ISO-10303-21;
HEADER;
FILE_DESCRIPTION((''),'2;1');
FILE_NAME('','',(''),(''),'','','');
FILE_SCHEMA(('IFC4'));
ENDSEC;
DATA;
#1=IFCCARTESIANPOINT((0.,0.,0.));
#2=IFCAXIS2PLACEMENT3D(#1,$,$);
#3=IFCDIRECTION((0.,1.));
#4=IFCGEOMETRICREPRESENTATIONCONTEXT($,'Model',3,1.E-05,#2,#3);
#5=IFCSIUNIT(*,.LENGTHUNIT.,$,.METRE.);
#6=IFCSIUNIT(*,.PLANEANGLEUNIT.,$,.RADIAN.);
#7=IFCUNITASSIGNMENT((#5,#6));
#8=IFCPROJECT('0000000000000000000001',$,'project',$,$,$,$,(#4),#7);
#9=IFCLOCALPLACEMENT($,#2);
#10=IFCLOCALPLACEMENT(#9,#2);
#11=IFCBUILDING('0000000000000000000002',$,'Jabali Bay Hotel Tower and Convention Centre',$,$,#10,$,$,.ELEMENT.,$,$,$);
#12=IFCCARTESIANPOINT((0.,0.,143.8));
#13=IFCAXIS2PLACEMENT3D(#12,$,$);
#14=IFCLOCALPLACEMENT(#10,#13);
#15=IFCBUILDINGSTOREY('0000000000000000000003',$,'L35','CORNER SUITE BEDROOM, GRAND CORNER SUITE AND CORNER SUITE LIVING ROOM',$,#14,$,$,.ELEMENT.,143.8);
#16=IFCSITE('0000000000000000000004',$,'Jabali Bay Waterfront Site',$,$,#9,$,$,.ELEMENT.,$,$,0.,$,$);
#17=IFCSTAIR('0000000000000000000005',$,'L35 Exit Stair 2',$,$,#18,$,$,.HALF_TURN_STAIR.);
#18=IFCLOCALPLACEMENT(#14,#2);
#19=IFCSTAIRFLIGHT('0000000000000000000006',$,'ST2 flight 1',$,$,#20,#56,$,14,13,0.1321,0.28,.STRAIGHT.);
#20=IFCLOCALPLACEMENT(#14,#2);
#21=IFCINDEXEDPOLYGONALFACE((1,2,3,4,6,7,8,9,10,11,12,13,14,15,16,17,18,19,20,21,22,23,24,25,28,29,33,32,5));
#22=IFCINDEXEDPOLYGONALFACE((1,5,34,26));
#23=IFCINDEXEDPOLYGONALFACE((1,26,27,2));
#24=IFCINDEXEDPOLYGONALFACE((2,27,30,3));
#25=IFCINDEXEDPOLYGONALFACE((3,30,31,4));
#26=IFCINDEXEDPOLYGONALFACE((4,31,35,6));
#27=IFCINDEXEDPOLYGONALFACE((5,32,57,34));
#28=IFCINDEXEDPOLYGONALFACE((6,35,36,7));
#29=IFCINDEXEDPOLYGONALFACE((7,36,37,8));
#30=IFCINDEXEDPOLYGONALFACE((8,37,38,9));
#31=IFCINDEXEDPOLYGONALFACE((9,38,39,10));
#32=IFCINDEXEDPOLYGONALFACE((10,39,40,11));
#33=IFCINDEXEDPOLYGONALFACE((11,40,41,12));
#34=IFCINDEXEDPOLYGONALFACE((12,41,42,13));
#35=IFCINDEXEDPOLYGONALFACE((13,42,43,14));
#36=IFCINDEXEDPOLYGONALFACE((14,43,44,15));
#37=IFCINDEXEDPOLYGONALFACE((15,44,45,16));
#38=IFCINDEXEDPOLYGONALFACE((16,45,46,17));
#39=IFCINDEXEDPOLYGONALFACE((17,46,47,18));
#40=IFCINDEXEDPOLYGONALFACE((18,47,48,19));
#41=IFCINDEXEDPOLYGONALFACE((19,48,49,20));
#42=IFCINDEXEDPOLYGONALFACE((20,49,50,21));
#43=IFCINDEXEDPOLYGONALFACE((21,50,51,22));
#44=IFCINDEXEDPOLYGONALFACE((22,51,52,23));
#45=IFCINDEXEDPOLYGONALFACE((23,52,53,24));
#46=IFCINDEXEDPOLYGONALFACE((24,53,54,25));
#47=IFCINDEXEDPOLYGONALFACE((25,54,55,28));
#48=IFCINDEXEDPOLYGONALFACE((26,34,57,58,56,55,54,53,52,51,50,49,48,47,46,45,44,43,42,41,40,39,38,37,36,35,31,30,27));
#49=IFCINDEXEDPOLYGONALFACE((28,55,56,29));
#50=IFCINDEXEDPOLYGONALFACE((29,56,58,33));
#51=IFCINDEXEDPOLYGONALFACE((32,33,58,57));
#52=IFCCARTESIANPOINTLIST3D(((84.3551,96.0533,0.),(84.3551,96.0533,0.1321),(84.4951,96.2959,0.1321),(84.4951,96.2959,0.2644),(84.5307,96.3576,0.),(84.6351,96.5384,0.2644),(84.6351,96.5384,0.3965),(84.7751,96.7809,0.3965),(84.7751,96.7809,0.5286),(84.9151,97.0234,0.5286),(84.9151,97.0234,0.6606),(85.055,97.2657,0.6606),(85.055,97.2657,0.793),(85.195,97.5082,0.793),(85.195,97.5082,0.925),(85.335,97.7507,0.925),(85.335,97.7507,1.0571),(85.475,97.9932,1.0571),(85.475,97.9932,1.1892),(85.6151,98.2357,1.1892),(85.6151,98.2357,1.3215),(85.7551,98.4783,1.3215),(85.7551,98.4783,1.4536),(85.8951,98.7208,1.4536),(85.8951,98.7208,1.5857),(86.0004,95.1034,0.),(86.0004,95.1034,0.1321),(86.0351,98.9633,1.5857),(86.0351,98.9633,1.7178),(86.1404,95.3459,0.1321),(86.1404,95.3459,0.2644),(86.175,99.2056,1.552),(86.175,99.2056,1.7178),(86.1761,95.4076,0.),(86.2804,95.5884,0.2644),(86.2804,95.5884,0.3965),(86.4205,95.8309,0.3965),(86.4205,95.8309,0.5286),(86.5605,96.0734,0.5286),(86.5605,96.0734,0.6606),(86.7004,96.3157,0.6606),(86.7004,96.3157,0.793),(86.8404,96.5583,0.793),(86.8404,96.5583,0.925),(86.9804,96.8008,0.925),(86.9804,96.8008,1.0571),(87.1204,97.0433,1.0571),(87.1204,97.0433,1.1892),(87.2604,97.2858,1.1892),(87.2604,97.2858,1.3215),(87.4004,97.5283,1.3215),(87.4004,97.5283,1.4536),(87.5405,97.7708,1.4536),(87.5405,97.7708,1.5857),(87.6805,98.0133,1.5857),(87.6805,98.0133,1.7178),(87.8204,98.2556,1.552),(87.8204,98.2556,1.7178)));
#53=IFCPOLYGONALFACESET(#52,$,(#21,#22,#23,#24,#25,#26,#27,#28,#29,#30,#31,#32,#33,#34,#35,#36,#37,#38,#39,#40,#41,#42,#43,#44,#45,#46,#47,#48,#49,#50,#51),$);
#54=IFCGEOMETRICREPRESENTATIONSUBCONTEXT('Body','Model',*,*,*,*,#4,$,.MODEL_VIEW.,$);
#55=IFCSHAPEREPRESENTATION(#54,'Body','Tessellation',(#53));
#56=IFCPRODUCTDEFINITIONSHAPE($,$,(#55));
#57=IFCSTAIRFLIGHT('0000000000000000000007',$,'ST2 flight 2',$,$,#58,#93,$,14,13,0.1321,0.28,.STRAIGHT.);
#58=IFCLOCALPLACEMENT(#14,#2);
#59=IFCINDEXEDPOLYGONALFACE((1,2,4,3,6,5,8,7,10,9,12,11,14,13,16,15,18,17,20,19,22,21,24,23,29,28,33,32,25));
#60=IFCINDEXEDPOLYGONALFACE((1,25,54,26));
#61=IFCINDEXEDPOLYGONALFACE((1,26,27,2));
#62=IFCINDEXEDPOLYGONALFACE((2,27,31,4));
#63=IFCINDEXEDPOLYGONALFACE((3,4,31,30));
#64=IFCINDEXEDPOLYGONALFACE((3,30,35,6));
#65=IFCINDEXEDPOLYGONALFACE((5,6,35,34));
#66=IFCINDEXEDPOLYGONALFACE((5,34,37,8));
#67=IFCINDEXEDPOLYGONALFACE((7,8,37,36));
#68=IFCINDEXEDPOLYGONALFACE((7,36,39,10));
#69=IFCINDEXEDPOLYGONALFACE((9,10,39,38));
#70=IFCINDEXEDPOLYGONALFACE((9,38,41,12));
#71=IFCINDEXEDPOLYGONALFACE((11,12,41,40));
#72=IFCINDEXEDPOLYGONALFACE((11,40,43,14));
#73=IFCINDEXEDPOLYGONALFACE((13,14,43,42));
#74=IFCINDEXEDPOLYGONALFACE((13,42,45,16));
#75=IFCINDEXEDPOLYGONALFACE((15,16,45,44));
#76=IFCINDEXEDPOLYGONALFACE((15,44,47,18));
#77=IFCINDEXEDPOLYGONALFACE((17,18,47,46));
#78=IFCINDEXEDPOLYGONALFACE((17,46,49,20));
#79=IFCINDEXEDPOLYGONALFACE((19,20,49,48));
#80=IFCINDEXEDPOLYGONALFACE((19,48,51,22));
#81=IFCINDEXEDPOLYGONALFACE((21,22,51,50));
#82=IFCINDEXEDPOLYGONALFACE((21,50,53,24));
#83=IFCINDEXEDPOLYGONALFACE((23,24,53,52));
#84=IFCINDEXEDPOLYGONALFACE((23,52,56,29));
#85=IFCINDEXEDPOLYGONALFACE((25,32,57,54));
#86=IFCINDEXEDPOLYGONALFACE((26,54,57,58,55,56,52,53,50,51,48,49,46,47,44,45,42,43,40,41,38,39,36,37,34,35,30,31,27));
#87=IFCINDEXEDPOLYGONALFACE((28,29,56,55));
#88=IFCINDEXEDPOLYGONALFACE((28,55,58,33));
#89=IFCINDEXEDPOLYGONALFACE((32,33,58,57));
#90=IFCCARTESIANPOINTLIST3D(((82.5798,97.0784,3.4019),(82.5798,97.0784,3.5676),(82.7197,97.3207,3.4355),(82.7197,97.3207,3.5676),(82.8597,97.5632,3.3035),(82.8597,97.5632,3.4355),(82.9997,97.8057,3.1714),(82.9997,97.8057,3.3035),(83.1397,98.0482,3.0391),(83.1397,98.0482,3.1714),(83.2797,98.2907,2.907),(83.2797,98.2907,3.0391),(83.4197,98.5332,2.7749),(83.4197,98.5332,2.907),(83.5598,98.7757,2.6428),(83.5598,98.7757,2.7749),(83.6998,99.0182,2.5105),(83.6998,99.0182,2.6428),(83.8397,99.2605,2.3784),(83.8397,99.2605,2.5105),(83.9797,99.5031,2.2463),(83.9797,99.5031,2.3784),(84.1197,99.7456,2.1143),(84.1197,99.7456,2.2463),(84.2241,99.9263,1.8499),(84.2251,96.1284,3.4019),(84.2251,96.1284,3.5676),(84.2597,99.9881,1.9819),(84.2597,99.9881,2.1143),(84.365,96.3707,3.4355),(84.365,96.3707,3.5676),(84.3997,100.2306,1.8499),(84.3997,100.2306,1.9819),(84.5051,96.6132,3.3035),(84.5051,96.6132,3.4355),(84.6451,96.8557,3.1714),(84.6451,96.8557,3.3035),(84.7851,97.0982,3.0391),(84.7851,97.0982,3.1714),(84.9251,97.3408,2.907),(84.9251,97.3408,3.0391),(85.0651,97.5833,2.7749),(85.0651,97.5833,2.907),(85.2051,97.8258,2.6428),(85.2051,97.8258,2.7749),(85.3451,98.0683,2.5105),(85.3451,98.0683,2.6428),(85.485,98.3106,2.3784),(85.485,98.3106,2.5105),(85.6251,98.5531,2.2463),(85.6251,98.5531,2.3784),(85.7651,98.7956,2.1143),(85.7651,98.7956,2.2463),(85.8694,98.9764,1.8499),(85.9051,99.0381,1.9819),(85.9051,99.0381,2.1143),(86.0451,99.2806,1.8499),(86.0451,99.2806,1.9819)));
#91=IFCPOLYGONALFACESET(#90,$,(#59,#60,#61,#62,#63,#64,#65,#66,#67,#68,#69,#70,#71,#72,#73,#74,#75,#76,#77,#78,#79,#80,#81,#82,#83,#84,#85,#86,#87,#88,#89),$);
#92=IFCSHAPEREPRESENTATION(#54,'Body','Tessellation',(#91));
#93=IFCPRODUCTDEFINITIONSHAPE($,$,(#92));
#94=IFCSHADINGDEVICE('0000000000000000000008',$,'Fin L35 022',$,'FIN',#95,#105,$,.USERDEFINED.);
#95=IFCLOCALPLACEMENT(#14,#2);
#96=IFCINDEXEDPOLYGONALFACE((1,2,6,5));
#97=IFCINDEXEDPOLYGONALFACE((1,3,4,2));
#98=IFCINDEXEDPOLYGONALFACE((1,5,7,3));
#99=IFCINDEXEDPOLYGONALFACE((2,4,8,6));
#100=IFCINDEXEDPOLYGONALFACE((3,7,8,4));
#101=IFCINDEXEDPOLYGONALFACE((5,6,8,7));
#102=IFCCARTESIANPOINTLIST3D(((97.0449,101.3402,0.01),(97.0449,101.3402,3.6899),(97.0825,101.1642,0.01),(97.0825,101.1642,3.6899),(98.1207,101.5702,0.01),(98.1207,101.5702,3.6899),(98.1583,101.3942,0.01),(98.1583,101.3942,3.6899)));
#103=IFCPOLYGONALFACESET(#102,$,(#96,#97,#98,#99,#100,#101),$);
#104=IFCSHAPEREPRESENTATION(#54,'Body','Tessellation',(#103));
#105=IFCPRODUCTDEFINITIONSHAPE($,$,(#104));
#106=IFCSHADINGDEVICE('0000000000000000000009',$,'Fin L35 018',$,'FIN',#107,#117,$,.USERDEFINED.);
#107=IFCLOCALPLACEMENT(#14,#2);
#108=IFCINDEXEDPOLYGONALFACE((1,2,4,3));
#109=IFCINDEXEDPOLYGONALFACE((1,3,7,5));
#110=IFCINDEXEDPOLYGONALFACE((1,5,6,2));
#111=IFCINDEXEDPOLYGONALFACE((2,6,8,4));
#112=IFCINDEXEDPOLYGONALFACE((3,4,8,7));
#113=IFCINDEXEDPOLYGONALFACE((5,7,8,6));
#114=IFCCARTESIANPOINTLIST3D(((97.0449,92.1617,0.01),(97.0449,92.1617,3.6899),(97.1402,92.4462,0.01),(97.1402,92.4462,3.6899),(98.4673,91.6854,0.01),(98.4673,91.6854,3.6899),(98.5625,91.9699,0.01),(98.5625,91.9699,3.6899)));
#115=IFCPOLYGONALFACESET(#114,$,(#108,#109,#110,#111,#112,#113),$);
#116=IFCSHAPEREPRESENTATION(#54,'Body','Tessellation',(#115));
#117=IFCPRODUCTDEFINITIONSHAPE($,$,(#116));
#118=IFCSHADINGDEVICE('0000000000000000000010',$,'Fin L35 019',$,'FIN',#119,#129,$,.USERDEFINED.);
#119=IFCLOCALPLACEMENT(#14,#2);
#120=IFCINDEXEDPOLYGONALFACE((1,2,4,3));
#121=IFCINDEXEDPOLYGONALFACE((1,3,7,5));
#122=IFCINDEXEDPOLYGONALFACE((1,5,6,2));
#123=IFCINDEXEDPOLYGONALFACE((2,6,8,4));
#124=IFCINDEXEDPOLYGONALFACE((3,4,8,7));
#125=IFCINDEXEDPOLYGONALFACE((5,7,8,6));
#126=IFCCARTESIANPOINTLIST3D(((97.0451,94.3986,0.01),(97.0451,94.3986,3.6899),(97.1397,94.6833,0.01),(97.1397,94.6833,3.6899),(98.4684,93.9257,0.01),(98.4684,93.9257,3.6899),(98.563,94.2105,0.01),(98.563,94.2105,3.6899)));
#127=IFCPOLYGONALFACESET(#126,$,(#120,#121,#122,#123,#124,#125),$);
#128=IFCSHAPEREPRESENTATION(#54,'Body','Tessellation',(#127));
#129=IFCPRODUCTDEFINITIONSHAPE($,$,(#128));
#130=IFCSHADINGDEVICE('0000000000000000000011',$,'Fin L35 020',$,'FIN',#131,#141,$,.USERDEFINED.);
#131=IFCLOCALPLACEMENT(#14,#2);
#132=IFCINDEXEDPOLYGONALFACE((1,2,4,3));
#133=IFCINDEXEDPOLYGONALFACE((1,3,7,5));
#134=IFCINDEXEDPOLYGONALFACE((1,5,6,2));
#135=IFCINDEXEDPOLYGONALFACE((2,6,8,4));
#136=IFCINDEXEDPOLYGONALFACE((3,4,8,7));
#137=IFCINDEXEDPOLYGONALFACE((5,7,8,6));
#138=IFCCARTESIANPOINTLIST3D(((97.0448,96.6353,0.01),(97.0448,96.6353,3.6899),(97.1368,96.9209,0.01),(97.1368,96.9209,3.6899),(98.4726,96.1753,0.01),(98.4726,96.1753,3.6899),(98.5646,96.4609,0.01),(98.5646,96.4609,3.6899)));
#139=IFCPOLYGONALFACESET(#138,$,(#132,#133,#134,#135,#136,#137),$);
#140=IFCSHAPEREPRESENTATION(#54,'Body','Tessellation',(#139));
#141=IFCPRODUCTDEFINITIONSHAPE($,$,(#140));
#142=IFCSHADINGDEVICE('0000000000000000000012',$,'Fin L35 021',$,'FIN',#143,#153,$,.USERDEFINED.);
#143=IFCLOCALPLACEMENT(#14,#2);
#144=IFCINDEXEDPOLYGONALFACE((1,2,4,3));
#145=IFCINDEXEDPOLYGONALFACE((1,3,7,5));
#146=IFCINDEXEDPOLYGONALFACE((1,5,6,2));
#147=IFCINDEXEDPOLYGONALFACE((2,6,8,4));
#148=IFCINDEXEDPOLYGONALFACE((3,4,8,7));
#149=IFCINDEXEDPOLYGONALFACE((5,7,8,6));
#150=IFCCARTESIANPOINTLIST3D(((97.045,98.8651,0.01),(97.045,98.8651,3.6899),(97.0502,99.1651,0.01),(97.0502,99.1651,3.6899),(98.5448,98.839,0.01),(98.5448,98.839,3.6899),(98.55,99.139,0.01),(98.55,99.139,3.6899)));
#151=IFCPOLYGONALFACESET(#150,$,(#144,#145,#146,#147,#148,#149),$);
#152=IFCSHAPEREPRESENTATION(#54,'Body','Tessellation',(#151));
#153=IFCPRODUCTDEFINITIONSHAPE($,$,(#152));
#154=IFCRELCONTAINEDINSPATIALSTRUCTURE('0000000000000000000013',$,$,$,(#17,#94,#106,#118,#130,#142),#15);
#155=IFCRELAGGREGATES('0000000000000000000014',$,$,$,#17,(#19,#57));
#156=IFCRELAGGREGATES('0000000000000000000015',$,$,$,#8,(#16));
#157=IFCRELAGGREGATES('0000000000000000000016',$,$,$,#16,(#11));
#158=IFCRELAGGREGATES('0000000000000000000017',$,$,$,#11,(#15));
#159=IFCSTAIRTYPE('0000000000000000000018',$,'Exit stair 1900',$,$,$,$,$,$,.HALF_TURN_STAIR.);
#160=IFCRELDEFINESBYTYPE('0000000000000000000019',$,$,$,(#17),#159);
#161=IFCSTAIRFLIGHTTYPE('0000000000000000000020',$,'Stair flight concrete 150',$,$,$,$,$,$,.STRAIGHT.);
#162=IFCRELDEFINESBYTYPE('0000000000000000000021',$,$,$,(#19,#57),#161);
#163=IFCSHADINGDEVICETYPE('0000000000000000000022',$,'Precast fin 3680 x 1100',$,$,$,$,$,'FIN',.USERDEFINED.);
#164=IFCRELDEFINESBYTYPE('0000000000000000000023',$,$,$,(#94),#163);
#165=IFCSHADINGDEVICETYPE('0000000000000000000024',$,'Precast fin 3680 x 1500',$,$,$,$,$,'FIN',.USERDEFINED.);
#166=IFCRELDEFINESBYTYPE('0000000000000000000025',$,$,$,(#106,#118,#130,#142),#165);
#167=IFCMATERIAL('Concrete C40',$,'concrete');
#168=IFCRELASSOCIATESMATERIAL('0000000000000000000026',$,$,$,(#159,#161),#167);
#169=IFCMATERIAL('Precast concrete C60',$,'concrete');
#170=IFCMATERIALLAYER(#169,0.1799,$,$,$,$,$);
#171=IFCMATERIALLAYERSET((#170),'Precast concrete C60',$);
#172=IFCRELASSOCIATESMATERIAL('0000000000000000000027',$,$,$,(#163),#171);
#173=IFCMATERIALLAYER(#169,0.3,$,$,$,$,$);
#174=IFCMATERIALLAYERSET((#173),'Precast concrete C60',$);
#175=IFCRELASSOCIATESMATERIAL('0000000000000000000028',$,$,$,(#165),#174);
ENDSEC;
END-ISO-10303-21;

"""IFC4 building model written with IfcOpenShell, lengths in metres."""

from ifc_helpers import new_model, si_unit, direction, frame, frame_2d, origin, place, context, subcontext, project, spatial, polyline, rectangle, outline, extrude, material, layer, layer_set, type_object, element, aggregate, save


model = new_model("IFC4")

# Units and contexts
model_context = context("Model", 3, precision=1e-05, world=origin(), true_north=direction((0.0, 1.0)))
body_context = subcontext(model_context, "Body", "Model", "MODEL_VIEW")
ifc_project = project(units=[si_unit("LENGTHUNIT", "METRE"), si_unit("PLANEANGLEUNIT", "RADIAN")], contexts=[model_context])

# Site, building, storey
site_placement = place(None, origin())
site = spatial("IfcSite", under=ifc_project, at=site_placement, Name="Jabali Bay Waterfront Site", CompositionType="ELEMENT", RefElevation=0.0)
building_placement = place(site_placement, origin())
building = spatial("IfcBuilding", under=site, at=building_placement, Name="Jabali Bay Hotel Tower and Convention Centre", CompositionType="ELEMENT")
storey_placement = place(building_placement, frame((0.0, 0.0, 143.8)))
storey = spatial("IfcBuildingStorey", under=building, at=storey_placement, Name="L35", Description="CORNER SUITE BEDROOM, GRAND CORNER SUITE AND CORNER SUITE LIVING ROOM", CompositionType="ELEMENT", Elevation=143.8)

# Shared definitions
ifc_material_1 = material(Name="Concrete C40", Category="concrete")

# Stair, stair flights
stair_type = type_object("IfcStairType", Name="Exit stair 1900", PredefinedType="HALF_TURN_STAIR", material=ifc_material_1)
stair_placement = place(storey_placement, origin())
stair = element("IfcStair", 1, at=stair_placement, inside=storey, type_object=stair_type, Name="L35 Exit Stair 2", PredefinedType="HALF_TURN_STAIR")
stair_flight_type = type_object("IfcStairFlightType", Name="Stair flight concrete 150", PredefinedType="STRAIGHT", material=ifc_material_1)
stair_flight_1_placement = place(storey_placement, frame((85.1777, 95.5784, 0.0), z_axis=(0.0, 0.0, 1.0), x_axis=(0.5, 0.866025, 0.0)))
stair_flight_1 = element("IfcStairFlight", 2, at=stair_flight_1_placement, type_object=stair_flight_type, Name="ST2 flight 1", NumberOfRisers=14, NumberOfTreads=13, PredefinedType="STRAIGHT", RiserHeight=0.1321, TreadLength=0.28, context=body_context, shape_type="SweptSolid", body=[
    extrude(outline(polyline([(0.0, 0.0), (0.0, 0.1321), (0.28, 0.1321), (0.28, 0.2644), (0.5601, 0.2644), (0.5601, 0.3965), (0.8401, 0.3965), (0.8401, 0.5286), (1.1201, 0.5286), (1.1201, 0.6606), (1.3999, 0.6606), (1.3999, 0.793), (1.6799, 0.793), (1.6799, 0.925), (1.96, 0.925), (1.96, 1.0571), (2.24, 1.0571), (2.24, 1.1892), (2.52, 1.1892), (2.52, 1.3215), (2.8, 1.3215), (2.8, 1.4536), (3.0801, 1.4536), (3.0801, 1.5857), (3.3601, 1.5857), (3.3601, 1.7178), (3.6399, 1.7178), (3.6399, 1.8501), (3.6399, 1.552), (0.3513, 0.0), (0.0, 0.0)])), frame((0.0, 0.95, 0.0), z_axis=(0.0, -1.0, 0.0), x_axis=(1.0, 0.0, 0.0)), (0.0, 0.0, 1.0), 1.8999),
])
stair_flight_2_placement = place(storey_placement, frame((85.2224, 99.7556, 1.8499), z_axis=(0.0, 0.0, 1.0), x_axis=(-0.5, -0.866025, 0.0)))
stair_flight_2 = element("IfcStairFlight", 3, at=stair_flight_2_placement, type_object=stair_flight_type, Name="ST2 flight 2", NumberOfRisers=14, NumberOfTreads=13, PredefinedType="STRAIGHT", RiserHeight=0.1321, TreadLength=0.28, context=body_context, shape_type="SweptSolid", body=[
    extrude(outline(polyline([(0.0, 0.0), (0.0, 0.1321), (0.28, 0.1321), (0.28, 0.2644), (0.5601, 0.2644), (0.5601, 0.3965), (0.8401, 0.3965), (0.8401, 0.5286), (1.1201, 0.5286), (1.1201, 0.6606), (1.3999, 0.6606), (1.3999, 0.793), (1.6799, 0.793), (1.6799, 0.925), (1.96, 0.925), (1.96, 1.0571), (2.24, 1.0571), (2.24, 1.1892), (2.52, 1.1892), (2.52, 1.3215), (2.8, 1.3215), (2.8, 1.4536), (3.0801, 1.4536), (3.0801, 1.5857), (3.3601, 1.5857), (3.3601, 1.7178), (3.6399, 1.7178), (3.6399, 1.8501), (3.6399, 1.552), (0.3513, 0.0), (0.0, 0.0)])), frame((0.0, 0.95, 0.0), z_axis=(0.0, -1.0, 0.0), x_axis=(1.0, 0.0, 0.0)), (0.0, 0.0, 1.0), 1.8999),
])
aggregate(stair, [stair_flight_1, stair_flight_2])

# Shading devices
ifc_material_2 = material(Name="Precast concrete C60", Category="concrete")
ifc_layer_1 = layer(ifc_material_2, 0.1799)
ifc_layer_set_1 = layer_set([ifc_layer_1], Name="Precast concrete C60")
shading_device_type_1 = type_object("IfcShadingDeviceType", Name="Precast fin 3680 x 1100", ElementType="FIN", PredefinedType="USERDEFINED", material=ifc_layer_set_1)
shading_device_1_placement = place(storey_placement, frame((97.0637, 101.2522, 0.01), z_axis=(0.0, 0.0, 1.0), x_axis=(0.9779, 0.209074, 0.0)))
element("IfcShadingDevice", 4, at=shading_device_1_placement, inside=storey, type_object=shading_device_type_1, Name="Fin L35 022", ObjectType="FIN", PredefinedType="USERDEFINED", context=body_context, shape_type="SweptSolid", body=[
    extrude(rectangle(XDim=1.1001, YDim=0.1799, at=frame_2d((0.55, 0.0))), origin(), (0.0, 0.0, 1.0), 3.6799),
])
ifc_layer_2 = layer(ifc_material_2, 0.3)
ifc_layer_set_2 = layer_set([ifc_layer_2], Name="Precast concrete C60")
shading_device_type_2 = type_object("IfcShadingDeviceType", Name="Precast fin 3680 x 1500", ElementType="FIN", PredefinedType="USERDEFINED", material=ifc_layer_set_2)
shading_device_2_placement = place(storey_placement, frame((97.0925, 92.304, 0.01), z_axis=(0.0, 0.0, 1.0), x_axis=(0.948243, -0.317546, 0.0)))
element("IfcShadingDevice", 5, at=shading_device_2_placement, inside=storey, type_object=shading_device_type_2, Name="Fin L35 018", ObjectType="FIN", PredefinedType="USERDEFINED", context=body_context, shape_type="SweptSolid", body=[
    extrude(rectangle(XDim=1.5, YDim=0.3, at=frame_2d((0.75, 0.0))), origin(), (0.0, 0.0, 1.0), 3.6799),
])
shading_device_3_placement = place(storey_placement, frame((97.0923, 94.541, 0.01), z_axis=(0.0, 0.0, 1.0), x_axis=(0.948992, -0.3153, 0.0)))
element("IfcShadingDevice", 6, at=shading_device_3_placement, inside=storey, type_object=shading_device_type_2, Name="Fin L35 019", ObjectType="FIN", PredefinedType="USERDEFINED", context=body_context, shape_type="SweptSolid", body=[
    extrude(rectangle(XDim=1.4998, YDim=0.3, at=frame_2d((0.75, 0.0))), origin(), (0.0, 0.0, 1.0), 3.6799),
])
for number, where, z_axis, x_axis, name in (
    (7, (97.0908, 96.7781, 0.01), (0.0, 0.0, 1.0), (0.951825, -0.306641, 0.0), "Fin L35 020"),
    (8, (97.0476, 99.0151, 0.01), (0.0, 0.0, 1.0), (0.999848, -0.017416, 0.0), "Fin L35 021"),
):
    element("IfcShadingDevice", number, at=place(storey_placement, frame(where, z_axis=z_axis, x_axis=x_axis)), inside=storey, type_object=shading_device_type_2, Name=name, ObjectType="FIN", PredefinedType="USERDEFINED", context=body_context, shape_type="SweptSolid", body=[
        extrude(rectangle(XDim=1.5, YDim=0.3, at=frame_2d((0.75, 0.0))), origin(), (0.0, 0.0, 1.0), 3.6799),
    ])

save(model, "model.ifc")
